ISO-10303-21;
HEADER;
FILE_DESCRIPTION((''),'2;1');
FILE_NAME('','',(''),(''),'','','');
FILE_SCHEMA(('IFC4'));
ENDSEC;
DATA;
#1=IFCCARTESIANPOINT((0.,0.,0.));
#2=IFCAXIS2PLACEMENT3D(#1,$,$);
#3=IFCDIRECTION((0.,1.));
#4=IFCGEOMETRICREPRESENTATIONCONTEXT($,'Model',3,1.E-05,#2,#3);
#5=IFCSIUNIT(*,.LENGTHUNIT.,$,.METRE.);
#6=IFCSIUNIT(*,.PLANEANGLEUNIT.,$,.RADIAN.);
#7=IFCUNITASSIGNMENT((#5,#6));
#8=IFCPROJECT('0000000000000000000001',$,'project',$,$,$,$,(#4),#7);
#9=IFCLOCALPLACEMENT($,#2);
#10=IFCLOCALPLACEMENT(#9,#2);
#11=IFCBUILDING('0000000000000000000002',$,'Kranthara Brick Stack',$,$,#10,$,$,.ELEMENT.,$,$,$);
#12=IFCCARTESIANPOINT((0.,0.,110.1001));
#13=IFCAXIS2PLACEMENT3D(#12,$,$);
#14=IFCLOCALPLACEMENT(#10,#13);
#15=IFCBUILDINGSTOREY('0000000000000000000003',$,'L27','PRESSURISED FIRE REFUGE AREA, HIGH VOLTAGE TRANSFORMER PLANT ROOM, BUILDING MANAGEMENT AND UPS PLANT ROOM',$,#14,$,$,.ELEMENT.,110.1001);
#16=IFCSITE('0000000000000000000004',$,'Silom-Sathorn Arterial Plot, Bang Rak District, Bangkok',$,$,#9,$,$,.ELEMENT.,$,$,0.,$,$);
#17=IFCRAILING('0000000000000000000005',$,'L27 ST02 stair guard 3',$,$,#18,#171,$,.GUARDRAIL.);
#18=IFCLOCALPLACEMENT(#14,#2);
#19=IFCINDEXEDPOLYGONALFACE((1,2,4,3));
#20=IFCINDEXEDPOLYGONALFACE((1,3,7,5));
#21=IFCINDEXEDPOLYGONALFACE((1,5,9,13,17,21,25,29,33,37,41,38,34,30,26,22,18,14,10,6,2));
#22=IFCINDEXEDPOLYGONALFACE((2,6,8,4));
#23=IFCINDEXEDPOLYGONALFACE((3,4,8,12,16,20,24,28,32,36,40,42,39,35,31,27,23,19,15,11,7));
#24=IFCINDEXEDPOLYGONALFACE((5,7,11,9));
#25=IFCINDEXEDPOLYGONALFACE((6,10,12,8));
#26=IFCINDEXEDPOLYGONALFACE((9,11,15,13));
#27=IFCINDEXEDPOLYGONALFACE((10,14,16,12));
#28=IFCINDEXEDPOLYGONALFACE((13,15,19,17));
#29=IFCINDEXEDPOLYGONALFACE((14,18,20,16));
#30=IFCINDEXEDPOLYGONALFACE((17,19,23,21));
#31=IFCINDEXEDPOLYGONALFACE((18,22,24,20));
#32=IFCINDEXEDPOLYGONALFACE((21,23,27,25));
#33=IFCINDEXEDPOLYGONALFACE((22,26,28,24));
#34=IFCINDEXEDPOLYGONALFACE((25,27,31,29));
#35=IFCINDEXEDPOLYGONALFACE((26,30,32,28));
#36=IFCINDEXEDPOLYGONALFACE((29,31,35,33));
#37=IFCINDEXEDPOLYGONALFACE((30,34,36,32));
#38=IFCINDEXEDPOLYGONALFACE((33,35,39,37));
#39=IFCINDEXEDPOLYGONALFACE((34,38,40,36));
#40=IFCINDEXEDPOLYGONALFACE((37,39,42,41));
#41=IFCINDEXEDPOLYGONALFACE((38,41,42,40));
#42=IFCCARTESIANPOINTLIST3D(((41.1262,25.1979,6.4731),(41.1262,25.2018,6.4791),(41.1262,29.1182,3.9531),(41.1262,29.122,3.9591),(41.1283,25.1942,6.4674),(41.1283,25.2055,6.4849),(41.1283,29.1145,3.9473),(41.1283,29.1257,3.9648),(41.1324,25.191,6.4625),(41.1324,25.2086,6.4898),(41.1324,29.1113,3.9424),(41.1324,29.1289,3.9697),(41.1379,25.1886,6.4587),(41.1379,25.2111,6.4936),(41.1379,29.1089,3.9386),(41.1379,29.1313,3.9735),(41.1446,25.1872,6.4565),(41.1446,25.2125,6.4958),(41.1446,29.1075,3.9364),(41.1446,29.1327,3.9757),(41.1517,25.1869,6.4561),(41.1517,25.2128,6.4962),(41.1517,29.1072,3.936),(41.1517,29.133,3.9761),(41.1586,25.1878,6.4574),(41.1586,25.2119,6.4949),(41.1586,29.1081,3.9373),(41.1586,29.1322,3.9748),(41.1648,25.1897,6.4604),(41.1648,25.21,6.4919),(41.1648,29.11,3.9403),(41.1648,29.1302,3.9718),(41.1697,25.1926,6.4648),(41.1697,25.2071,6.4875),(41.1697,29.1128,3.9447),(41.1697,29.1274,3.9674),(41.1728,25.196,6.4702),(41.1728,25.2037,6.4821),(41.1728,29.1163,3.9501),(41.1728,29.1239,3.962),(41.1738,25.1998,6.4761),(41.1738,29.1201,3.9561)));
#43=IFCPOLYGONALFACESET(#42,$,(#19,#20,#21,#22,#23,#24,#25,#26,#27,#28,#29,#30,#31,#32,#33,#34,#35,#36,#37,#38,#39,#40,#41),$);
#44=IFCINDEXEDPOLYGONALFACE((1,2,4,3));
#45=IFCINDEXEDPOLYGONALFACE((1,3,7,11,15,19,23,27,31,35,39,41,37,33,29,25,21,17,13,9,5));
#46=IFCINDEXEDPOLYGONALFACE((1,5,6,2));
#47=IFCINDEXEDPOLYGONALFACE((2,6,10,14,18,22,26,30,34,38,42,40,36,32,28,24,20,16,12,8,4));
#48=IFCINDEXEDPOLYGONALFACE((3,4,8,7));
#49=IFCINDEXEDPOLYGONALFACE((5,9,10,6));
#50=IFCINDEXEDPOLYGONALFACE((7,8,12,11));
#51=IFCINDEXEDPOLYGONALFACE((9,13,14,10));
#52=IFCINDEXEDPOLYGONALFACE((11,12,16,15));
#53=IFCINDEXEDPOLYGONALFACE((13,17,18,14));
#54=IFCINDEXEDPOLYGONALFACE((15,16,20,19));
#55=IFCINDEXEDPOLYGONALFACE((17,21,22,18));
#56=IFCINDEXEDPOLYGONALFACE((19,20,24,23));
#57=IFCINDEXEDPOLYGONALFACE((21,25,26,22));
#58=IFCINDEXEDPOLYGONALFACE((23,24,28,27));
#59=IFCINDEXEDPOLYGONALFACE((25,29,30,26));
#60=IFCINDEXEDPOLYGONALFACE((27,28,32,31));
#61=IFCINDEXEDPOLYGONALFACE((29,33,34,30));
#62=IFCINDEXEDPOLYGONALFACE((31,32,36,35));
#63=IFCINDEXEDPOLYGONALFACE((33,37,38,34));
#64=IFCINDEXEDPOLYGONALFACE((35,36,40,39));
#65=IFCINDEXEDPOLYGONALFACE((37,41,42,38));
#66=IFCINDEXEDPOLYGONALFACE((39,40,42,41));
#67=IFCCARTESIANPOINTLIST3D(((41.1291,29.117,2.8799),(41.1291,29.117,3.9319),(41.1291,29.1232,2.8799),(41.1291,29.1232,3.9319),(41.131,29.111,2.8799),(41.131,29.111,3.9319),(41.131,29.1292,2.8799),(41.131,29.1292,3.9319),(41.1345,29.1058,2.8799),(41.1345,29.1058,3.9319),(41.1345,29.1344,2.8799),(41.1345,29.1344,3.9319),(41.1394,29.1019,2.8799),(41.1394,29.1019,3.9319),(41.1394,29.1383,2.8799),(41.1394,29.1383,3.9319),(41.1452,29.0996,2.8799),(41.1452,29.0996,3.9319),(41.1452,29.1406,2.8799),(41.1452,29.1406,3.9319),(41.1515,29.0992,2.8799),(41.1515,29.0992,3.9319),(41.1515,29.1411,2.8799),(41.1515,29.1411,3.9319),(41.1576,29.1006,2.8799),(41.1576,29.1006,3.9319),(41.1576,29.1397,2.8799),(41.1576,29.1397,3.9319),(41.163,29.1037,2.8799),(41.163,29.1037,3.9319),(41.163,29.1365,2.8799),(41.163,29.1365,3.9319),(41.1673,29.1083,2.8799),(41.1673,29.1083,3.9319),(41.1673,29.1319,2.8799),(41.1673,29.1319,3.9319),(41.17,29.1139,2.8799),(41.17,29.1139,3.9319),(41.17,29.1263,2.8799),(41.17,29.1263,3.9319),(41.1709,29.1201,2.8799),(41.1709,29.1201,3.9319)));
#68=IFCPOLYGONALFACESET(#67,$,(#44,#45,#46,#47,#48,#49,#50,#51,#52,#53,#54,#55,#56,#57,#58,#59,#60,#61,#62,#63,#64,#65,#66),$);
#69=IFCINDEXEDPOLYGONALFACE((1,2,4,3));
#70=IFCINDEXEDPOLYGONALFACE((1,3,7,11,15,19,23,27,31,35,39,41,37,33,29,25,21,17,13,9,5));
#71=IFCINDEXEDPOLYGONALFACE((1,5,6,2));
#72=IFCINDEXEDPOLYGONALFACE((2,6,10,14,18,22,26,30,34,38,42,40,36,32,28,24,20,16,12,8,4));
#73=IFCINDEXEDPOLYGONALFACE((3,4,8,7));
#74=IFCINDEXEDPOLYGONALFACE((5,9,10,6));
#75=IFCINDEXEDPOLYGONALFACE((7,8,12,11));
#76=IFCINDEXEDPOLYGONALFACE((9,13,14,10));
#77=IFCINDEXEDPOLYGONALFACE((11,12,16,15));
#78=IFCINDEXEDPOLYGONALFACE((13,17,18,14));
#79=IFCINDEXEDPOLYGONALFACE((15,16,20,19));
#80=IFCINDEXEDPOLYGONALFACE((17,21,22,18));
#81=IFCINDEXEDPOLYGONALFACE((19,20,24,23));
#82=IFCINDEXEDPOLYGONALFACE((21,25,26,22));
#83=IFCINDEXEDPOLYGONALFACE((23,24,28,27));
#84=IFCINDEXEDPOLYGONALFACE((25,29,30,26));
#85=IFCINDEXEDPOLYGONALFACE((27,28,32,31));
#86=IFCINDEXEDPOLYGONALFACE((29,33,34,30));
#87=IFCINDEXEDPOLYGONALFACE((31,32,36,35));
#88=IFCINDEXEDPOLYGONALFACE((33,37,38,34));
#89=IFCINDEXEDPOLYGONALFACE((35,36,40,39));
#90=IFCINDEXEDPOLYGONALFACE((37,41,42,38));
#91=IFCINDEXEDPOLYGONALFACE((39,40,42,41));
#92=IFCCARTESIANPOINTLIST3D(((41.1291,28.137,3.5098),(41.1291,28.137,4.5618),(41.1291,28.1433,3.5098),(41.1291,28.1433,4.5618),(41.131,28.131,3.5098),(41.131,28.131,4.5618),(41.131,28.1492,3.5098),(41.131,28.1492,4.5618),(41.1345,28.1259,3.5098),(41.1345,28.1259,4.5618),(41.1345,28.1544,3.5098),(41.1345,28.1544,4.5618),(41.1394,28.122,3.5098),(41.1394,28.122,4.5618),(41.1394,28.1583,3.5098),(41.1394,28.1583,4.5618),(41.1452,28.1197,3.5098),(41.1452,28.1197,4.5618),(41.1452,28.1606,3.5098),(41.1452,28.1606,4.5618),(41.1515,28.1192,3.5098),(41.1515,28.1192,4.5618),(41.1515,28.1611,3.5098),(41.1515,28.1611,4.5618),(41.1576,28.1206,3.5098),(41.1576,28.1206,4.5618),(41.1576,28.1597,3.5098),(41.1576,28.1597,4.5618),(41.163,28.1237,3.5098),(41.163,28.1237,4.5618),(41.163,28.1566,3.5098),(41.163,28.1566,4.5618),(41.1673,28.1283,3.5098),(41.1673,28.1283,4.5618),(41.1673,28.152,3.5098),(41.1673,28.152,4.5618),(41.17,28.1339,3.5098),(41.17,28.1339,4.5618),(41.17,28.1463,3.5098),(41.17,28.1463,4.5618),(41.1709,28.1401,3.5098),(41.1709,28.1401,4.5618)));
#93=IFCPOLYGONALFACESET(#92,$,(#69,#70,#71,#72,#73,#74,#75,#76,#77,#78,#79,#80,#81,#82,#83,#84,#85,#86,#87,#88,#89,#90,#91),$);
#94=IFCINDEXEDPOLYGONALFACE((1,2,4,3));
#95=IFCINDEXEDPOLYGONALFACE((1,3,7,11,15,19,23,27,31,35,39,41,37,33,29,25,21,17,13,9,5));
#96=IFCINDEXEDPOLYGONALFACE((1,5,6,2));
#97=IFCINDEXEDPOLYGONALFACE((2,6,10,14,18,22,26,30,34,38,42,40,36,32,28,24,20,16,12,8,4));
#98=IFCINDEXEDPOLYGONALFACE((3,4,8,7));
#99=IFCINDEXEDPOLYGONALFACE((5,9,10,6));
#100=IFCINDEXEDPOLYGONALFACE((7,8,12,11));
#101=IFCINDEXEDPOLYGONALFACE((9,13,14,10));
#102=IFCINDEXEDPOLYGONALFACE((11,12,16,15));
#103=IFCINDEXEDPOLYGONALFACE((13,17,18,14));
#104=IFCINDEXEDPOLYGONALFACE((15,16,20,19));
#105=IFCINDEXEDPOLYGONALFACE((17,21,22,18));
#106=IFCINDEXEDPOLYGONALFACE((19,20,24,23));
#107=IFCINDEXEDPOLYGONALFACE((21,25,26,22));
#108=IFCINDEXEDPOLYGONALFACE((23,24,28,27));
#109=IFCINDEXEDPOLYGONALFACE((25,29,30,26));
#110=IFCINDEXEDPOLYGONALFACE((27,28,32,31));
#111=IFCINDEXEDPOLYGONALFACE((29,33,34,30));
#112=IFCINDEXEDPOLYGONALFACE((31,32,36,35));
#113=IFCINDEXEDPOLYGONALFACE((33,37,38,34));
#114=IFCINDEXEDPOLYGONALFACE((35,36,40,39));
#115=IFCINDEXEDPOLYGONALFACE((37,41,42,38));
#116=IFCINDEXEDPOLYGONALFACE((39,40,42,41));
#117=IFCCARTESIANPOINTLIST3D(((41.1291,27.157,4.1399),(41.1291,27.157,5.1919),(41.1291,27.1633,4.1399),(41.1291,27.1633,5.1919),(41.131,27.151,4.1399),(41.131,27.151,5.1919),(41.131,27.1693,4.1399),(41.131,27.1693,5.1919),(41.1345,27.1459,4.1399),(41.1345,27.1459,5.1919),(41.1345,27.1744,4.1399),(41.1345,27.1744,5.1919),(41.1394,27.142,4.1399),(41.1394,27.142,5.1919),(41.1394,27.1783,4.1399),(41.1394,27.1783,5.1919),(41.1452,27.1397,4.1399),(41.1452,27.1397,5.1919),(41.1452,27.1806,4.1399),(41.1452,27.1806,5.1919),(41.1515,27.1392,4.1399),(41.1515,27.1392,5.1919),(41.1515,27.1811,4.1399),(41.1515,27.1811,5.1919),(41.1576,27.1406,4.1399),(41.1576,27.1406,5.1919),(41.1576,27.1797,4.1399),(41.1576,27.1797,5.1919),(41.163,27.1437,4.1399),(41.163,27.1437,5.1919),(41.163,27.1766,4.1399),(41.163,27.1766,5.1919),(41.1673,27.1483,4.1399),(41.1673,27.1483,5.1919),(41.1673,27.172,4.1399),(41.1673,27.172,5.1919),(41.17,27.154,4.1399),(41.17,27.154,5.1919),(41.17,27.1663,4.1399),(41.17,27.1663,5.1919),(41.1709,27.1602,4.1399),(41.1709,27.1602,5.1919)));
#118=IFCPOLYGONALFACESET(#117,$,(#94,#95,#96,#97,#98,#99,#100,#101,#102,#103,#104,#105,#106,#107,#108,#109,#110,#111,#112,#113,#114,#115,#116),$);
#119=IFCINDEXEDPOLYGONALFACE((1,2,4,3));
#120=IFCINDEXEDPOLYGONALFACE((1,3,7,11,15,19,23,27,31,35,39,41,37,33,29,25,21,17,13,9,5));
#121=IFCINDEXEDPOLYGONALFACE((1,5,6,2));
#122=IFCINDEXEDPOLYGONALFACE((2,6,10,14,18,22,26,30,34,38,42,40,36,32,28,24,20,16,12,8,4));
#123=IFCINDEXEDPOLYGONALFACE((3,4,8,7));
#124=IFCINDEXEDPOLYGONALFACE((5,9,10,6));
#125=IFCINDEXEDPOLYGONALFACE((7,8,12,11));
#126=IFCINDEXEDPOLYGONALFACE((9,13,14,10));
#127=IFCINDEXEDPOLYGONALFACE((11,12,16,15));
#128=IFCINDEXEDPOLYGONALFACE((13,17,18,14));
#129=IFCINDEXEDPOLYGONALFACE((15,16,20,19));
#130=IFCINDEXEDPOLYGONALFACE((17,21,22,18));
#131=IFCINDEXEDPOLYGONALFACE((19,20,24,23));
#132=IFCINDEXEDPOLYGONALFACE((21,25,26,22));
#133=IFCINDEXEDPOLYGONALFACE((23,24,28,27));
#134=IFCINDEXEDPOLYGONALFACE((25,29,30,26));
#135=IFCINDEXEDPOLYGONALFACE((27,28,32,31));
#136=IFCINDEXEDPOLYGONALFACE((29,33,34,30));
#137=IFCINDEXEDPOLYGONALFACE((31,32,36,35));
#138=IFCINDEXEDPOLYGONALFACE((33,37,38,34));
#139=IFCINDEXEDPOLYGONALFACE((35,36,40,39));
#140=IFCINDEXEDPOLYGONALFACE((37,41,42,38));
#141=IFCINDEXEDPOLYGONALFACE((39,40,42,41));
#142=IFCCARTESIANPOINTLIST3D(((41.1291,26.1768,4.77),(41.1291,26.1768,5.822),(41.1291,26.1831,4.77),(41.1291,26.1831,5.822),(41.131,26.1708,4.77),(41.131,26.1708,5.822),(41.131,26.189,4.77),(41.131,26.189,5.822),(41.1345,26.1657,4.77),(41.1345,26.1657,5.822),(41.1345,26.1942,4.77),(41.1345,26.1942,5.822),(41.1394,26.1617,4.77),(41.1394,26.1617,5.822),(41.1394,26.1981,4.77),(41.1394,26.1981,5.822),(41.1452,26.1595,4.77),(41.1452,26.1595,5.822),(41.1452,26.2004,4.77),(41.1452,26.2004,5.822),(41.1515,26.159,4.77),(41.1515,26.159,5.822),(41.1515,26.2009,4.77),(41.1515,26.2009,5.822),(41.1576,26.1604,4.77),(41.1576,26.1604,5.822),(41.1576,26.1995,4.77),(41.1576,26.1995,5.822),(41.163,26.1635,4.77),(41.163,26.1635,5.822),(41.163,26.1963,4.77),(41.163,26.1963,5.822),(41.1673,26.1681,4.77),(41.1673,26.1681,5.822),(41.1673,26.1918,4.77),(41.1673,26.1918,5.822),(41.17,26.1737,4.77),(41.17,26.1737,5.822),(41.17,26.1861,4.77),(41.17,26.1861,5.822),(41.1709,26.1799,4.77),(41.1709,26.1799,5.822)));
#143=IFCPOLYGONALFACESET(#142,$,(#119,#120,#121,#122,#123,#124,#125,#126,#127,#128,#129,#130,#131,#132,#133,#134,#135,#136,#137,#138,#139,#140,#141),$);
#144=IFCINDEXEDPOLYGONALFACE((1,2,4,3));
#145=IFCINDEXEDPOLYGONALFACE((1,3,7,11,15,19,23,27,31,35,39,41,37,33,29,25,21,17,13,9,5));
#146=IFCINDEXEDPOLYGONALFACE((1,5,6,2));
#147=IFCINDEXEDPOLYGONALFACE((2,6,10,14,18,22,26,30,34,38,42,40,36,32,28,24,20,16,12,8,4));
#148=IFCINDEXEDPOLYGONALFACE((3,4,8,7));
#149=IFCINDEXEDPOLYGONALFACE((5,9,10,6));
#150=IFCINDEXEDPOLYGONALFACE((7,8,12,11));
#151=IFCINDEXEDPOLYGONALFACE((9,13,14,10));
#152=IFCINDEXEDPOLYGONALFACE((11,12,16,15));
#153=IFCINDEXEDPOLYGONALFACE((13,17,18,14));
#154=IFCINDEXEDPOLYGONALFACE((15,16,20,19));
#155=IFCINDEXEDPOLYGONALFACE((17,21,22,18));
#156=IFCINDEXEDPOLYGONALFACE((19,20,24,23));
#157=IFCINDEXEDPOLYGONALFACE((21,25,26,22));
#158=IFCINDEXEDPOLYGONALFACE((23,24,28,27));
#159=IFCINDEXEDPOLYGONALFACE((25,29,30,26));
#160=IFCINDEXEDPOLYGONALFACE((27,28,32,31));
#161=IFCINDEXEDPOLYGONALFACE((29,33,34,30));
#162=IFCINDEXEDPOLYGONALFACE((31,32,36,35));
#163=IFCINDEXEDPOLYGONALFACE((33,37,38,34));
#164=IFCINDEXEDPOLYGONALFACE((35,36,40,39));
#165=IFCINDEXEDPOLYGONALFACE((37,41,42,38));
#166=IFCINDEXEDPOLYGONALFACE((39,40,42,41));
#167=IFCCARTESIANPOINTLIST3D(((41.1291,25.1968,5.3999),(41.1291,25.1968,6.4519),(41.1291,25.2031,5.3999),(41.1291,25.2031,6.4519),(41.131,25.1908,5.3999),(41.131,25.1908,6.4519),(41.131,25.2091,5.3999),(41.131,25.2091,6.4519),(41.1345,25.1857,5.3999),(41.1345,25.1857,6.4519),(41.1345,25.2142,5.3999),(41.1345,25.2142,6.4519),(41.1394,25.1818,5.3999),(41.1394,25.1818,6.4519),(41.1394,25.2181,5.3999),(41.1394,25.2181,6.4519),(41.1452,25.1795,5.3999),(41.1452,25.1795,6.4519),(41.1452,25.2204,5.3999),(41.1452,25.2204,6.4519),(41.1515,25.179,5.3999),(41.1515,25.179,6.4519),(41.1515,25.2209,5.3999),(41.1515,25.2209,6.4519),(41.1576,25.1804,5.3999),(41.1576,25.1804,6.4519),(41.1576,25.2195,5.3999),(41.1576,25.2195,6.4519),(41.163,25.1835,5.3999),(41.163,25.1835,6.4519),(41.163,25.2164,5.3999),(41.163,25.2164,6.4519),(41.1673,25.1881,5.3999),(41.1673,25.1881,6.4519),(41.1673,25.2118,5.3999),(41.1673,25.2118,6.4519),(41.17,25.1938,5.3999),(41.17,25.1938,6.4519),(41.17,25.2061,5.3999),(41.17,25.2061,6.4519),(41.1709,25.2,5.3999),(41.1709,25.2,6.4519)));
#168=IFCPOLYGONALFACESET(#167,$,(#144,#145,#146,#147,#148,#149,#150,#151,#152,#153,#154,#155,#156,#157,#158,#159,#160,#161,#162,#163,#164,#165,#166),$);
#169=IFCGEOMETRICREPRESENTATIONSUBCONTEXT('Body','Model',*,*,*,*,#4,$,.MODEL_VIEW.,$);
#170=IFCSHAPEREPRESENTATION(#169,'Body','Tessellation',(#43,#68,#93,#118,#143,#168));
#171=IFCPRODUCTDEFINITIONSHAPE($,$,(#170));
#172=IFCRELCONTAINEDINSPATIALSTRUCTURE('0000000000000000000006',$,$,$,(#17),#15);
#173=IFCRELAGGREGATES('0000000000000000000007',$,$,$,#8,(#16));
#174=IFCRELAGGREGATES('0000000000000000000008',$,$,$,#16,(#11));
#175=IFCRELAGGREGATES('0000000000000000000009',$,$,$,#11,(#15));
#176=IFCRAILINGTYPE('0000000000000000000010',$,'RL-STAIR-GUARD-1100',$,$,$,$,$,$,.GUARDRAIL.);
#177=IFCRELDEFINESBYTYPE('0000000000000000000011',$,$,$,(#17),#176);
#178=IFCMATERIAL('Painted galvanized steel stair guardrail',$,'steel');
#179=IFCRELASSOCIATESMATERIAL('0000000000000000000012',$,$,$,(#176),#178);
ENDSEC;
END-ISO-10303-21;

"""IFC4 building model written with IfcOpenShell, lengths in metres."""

from ifc_helpers import new_model, si_unit, direction, frame, origin, origin_2d, place, context, subcontext, project, spatial, circle, extrude, material, type_object, element, save


model = new_model("IFC4")

# Units and contexts
model_context = context("Model", 3, precision=1e-05, world=origin(), true_north=direction((0.0, 1.0)))
body_context = subcontext(model_context, "Body", "Model", "MODEL_VIEW")
ifc_project = project(units=[si_unit("LENGTHUNIT", "METRE"), si_unit("PLANEANGLEUNIT", "RADIAN")], contexts=[model_context])

# Site, building, storey
site_placement = place(None, origin())
site = spatial("IfcSite", under=ifc_project, at=site_placement, Name="Silom-Sathorn Arterial Plot, Bang Rak District, Bangkok", CompositionType="ELEMENT", RefElevation=0.0)
building_placement = place(site_placement, origin())
building = spatial("IfcBuilding", under=site, at=building_placement, Name="Kranthara Brick Stack", CompositionType="ELEMENT")
storey_placement = place(building_placement, frame((0.0, 0.0, 110.1001)))
storey = spatial("IfcBuildingStorey", under=building, at=storey_placement, Name="L27", Description="PRESSURISED FIRE REFUGE AREA, HIGH VOLTAGE TRANSFORMER PLANT ROOM, BUILDING MANAGEMENT AND UPS PLANT ROOM", CompositionType="ELEMENT", Elevation=110.1001)

# Railing
ifc_material_1 = material(Name="Painted galvanized steel stair guardrail", Category="steel")
railing_type_1 = type_object("IfcRailingType", Name="RL-STAIR-GUARD-1100", PredefinedType="GUARDRAIL", material=ifc_material_1)
railing_1_placement = place(storey_placement, frame((41.1499, 29.1201, 2.8799)))
element("IfcRailing", 1, at=railing_1_placement, inside=storey, type_object=railing_type_1, Name="L27 ST02 stair guard 3", PredefinedType="GUARDRAIL", context=body_context, shape_type="SweptSolid", body=[
    extrude(circle(Radius=0.0239, at=origin_2d()), frame((0.0, 0.0, 1.0762), z_axis=(0.0, -0.841187, 0.540744), x_axis=(1.0, 0.0, 0.0)), (0.0, 0.0, 1.0), 4.6604),
    extrude(circle(Radius=0.021, at=origin_2d()), origin(), (0.0, 0.0, 1.0), 1.052),
    extrude(circle(Radius=0.021, at=origin_2d()), frame((0.0, -0.98, 0.6299)), (0.0, 0.0, 1.0), 1.052),
    extrude(circle(Radius=0.021, at=origin_2d()), frame((0.0, -1.96, 1.26)), (0.0, 0.0, 1.0), 1.052),
    extrude(circle(Radius=0.021, at=origin_2d()), frame((0.0, -2.9402, 1.8901)), (0.0, 0.0, 1.0), 1.052),
    extrude(circle(Radius=0.021, at=origin_2d()), frame((0.0, -3.9202, 2.52)), (0.0, 0.0, 1.0), 1.052),
])

save(model, "model.ifc")
